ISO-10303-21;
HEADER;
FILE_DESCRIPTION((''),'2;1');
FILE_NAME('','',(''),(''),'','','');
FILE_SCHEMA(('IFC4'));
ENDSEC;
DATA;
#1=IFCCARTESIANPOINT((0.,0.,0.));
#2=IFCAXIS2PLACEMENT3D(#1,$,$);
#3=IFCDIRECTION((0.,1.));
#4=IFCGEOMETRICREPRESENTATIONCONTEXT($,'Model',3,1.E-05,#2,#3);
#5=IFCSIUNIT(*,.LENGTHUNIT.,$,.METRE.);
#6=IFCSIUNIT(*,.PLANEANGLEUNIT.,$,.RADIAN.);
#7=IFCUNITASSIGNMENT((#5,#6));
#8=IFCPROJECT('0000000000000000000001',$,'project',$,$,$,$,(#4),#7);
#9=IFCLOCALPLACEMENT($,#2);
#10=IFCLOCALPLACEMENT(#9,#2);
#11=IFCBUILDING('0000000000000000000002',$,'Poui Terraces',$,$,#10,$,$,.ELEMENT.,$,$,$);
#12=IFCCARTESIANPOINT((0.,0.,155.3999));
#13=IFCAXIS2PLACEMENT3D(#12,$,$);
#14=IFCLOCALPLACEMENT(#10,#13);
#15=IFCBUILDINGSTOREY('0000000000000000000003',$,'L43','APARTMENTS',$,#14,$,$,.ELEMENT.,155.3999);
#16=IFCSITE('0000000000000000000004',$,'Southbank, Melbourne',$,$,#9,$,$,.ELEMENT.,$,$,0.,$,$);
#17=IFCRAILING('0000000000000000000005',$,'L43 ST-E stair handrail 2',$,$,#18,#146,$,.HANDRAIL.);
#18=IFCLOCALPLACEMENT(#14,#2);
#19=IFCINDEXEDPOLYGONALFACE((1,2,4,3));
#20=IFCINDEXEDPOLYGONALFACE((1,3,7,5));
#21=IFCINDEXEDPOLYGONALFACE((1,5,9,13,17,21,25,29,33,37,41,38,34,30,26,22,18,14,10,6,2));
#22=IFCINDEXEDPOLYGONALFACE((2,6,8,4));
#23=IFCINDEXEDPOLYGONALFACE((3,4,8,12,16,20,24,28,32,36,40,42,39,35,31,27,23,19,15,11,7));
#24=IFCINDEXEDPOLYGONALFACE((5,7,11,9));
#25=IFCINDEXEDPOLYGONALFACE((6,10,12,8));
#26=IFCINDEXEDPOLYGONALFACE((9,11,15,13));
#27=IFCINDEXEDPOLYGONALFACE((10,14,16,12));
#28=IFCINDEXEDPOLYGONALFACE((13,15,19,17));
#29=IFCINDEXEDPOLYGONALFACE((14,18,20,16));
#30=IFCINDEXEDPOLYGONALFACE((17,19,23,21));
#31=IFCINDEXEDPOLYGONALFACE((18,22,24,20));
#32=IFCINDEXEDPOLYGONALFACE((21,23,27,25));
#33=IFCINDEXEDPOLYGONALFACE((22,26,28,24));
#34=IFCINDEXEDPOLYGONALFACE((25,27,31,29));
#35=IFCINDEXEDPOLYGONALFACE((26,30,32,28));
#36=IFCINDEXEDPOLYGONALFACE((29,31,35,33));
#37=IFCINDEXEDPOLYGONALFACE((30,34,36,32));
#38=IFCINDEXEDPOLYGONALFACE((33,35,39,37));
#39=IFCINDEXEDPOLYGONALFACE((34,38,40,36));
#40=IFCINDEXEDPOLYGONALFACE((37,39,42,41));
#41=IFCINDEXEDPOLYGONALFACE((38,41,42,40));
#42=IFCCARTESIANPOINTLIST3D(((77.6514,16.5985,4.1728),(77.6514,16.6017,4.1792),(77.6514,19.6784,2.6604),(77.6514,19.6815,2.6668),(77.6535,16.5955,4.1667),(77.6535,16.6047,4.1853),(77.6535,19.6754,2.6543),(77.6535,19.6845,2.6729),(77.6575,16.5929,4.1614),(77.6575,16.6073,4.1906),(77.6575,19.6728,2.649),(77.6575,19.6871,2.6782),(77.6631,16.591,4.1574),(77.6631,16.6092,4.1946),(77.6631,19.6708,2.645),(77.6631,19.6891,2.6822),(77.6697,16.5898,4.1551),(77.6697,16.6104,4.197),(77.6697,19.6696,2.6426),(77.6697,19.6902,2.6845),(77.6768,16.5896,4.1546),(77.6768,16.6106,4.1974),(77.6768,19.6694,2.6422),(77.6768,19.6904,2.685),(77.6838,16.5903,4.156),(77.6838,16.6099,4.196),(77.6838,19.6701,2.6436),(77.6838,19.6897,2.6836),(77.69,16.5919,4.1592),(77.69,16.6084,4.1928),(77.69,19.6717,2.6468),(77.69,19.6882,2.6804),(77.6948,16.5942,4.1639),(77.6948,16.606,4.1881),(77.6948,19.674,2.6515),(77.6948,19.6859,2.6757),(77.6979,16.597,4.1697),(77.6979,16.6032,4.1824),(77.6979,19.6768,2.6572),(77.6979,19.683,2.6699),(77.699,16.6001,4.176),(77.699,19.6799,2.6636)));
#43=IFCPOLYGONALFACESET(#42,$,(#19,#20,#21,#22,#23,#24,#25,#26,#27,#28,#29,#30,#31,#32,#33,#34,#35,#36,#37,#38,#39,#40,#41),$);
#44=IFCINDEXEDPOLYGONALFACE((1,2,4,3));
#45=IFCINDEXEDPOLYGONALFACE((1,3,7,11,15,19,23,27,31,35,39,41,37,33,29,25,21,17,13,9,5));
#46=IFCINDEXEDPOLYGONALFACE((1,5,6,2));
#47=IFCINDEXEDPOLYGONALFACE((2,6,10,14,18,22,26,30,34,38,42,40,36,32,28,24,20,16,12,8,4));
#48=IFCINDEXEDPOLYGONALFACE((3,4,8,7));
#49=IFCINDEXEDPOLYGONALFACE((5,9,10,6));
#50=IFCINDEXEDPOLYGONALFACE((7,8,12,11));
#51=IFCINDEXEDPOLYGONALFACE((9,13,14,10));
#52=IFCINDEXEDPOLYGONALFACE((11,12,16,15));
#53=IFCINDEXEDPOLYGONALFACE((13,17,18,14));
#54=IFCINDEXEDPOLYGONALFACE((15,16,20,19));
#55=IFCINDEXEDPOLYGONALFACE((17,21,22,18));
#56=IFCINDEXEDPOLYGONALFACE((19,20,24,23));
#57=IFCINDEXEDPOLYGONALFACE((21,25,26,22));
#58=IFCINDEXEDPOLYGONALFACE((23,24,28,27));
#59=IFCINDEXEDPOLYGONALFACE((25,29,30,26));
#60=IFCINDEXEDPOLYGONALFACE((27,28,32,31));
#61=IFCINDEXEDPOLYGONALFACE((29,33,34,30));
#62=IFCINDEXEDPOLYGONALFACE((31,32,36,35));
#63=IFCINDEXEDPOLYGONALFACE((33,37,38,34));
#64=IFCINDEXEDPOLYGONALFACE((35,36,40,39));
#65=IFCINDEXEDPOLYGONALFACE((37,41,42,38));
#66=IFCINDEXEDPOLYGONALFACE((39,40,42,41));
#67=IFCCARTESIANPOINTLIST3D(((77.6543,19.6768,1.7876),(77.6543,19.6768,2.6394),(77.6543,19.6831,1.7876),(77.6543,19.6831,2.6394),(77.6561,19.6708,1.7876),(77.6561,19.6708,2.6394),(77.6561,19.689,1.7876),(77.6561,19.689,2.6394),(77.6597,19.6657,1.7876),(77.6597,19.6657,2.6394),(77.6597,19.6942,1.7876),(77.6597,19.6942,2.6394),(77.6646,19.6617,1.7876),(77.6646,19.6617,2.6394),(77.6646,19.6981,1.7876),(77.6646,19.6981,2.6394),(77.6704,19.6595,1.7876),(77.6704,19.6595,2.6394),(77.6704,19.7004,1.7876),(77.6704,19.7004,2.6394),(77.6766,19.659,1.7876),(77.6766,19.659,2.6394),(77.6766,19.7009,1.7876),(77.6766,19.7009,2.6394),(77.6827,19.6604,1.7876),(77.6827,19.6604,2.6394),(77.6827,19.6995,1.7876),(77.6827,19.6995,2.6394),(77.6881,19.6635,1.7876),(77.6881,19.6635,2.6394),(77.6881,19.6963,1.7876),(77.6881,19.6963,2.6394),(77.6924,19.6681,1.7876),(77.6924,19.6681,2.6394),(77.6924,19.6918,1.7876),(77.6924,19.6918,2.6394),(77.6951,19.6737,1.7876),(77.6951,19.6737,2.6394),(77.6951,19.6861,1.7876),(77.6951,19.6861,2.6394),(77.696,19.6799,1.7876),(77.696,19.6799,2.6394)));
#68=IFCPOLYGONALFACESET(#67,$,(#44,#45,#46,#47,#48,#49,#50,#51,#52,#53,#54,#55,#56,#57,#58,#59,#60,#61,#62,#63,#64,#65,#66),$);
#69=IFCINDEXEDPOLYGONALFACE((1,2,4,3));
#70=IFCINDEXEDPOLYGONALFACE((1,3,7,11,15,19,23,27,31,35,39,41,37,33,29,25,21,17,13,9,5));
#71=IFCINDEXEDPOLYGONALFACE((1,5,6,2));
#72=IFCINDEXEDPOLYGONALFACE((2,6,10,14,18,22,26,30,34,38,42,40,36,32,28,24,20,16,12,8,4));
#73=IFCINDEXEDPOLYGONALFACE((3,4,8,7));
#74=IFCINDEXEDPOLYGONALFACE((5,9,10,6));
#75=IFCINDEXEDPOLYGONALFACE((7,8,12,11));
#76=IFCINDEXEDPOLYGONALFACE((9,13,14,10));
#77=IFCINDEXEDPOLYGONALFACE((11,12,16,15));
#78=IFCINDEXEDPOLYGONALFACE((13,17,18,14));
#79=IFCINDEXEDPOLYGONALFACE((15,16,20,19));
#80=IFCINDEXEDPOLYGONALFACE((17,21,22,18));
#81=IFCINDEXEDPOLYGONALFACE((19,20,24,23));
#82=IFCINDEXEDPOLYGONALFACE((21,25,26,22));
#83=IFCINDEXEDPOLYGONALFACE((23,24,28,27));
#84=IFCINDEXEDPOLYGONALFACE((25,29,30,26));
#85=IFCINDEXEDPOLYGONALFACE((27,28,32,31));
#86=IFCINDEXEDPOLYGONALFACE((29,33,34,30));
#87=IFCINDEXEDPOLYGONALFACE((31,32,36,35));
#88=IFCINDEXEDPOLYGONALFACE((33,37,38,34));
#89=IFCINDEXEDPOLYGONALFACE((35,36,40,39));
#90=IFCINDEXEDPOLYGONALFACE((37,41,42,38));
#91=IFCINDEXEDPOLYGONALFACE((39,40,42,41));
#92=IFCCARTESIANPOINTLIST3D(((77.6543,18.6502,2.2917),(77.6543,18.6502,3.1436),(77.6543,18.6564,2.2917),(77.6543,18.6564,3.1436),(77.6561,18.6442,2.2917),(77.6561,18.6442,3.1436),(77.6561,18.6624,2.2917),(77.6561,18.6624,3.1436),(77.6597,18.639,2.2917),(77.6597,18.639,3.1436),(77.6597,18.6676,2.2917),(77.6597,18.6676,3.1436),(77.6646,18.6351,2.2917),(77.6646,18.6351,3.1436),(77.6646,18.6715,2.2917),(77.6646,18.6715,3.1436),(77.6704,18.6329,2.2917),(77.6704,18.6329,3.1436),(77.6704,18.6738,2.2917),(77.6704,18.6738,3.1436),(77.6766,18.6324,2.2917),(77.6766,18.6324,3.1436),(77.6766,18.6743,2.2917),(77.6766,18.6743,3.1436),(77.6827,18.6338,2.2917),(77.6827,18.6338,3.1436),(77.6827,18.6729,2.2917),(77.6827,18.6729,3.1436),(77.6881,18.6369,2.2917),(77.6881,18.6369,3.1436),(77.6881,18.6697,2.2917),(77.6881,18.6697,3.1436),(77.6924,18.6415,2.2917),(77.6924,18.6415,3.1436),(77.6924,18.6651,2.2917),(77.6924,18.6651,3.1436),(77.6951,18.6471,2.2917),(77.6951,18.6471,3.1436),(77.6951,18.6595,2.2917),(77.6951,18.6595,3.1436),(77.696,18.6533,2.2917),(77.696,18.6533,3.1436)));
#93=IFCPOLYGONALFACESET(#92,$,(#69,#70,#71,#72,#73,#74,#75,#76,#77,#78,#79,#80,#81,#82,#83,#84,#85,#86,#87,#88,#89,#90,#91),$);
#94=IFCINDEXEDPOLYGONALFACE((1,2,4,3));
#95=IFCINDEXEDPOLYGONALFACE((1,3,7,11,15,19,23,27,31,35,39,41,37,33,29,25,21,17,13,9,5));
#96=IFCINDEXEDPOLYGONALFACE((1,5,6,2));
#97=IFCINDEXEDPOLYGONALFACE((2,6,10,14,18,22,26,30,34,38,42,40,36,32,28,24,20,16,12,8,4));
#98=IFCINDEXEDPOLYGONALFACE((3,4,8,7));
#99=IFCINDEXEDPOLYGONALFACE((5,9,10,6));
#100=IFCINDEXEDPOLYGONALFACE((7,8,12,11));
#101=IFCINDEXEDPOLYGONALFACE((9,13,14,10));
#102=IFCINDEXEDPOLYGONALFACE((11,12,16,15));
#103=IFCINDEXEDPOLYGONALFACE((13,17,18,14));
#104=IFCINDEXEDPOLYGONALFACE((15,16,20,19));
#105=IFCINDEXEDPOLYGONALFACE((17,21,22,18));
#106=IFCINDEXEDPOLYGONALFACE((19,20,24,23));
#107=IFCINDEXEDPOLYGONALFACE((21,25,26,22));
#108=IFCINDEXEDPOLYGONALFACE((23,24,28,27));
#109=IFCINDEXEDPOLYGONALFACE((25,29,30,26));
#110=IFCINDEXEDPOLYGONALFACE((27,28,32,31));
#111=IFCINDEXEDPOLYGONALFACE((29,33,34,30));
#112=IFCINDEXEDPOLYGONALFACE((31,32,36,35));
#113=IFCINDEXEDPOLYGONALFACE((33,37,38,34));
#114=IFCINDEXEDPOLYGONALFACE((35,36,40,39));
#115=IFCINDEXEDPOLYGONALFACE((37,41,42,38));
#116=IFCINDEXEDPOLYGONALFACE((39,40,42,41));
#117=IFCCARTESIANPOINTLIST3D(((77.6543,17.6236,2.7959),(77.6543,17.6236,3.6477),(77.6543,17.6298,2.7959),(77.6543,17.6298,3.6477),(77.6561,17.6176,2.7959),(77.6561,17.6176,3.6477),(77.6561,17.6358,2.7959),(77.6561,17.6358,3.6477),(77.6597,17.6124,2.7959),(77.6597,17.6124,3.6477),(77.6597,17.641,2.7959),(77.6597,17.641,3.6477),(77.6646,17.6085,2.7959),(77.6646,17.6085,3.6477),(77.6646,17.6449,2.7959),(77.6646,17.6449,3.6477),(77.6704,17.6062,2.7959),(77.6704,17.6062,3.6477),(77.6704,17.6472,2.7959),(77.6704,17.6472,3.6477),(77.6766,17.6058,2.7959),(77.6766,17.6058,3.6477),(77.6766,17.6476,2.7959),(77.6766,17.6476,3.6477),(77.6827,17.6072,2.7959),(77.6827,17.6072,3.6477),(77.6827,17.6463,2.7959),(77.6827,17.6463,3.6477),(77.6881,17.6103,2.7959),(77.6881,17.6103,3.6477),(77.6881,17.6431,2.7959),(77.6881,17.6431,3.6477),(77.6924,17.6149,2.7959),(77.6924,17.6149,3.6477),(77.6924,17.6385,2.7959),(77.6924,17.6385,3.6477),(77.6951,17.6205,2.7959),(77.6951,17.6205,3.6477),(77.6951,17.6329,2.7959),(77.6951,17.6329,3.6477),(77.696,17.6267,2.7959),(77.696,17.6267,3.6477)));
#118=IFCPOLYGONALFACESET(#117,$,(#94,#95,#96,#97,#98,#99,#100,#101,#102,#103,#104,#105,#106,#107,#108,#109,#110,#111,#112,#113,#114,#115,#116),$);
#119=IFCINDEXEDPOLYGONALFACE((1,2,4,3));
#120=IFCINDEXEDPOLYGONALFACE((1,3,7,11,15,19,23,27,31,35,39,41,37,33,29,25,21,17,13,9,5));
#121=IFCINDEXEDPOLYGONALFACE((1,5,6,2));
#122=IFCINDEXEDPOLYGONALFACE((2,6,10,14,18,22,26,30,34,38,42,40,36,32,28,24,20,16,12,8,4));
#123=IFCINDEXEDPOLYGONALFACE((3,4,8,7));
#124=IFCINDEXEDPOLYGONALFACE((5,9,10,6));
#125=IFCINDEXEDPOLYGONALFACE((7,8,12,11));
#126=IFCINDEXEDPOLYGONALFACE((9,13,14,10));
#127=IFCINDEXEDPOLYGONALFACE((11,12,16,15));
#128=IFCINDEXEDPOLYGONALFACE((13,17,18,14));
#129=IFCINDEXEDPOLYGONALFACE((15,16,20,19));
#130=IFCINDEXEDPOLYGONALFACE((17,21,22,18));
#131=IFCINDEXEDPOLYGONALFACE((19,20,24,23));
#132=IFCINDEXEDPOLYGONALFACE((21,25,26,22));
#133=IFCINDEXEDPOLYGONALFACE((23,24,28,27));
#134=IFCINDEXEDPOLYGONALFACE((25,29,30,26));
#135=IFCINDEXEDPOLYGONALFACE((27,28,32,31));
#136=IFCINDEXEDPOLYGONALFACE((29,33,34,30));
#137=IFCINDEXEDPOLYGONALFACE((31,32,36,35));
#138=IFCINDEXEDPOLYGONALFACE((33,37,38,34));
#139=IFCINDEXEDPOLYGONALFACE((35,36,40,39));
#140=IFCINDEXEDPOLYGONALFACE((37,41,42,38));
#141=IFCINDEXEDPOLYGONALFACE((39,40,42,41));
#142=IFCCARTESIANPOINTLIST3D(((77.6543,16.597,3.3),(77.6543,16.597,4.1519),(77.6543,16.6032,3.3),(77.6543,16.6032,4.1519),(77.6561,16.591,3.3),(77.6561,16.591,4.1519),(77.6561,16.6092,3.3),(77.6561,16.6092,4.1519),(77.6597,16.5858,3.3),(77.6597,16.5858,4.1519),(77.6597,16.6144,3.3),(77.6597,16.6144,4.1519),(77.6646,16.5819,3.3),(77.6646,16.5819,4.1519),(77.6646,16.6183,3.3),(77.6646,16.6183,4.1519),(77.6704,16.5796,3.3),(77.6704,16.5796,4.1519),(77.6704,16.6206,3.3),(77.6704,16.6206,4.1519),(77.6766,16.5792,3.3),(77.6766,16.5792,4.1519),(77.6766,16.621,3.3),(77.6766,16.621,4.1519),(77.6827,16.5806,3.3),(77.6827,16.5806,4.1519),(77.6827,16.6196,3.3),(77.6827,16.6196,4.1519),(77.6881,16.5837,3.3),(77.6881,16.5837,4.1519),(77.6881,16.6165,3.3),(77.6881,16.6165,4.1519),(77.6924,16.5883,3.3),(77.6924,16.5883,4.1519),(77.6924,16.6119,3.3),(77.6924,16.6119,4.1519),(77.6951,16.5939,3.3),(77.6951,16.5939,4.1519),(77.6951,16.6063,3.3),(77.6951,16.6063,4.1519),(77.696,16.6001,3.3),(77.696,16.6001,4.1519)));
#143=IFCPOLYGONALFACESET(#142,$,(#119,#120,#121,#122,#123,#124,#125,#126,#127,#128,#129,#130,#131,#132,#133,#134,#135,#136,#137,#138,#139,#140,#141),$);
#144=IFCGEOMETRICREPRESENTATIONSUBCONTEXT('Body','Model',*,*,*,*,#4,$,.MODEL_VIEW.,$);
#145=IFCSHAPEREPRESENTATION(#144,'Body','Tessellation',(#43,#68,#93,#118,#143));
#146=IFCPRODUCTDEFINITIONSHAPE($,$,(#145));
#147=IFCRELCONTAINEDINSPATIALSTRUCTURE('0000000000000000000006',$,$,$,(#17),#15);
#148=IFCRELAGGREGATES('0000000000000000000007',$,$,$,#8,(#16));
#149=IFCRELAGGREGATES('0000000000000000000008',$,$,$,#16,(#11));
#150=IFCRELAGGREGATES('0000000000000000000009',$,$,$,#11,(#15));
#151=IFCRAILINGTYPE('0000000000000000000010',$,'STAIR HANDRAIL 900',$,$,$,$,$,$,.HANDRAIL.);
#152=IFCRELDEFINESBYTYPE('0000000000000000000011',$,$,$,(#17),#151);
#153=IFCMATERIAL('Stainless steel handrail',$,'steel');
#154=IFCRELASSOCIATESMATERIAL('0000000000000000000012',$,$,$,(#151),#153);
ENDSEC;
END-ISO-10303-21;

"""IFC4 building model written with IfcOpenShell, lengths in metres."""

from ifc_helpers import new_model, si_unit, direction, frame, origin, origin_2d, place, context, subcontext, project, spatial, circle, extrude, material, type_object, element, save


model = new_model("IFC4")

# Units and contexts
model_context = context("Model", 3, precision=1e-05, world=origin(), true_north=direction((0.0, 1.0)))
body_context = subcontext(model_context, "Body", "Model", "MODEL_VIEW")
ifc_project = project(units=[si_unit("LENGTHUNIT", "METRE"), si_unit("PLANEANGLEUNIT", "RADIAN")], contexts=[model_context])

# Site, building, storey
site_placement = place(None, origin())
site = spatial("IfcSite", under=ifc_project, at=site_placement, Name="Southbank, Melbourne", CompositionType="ELEMENT", RefElevation=0.0)
building_placement = place(site_placement, origin())
building = spatial("IfcBuilding", under=site, at=building_placement, Name="Poui Terraces", CompositionType="ELEMENT")
storey_placement = place(building_placement, frame((0.0, 0.0, 155.3999)))
storey = spatial("IfcBuildingStorey", under=building, at=storey_placement, Name="L43", Description="APARTMENTS", CompositionType="ELEMENT", Elevation=155.3999)

# Railing
ifc_material_1 = material(Name="Stainless steel handrail", Category="steel")
railing_type_1 = type_object("IfcRailingType", Name="STAIR HANDRAIL 900", PredefinedType="HANDRAIL", material=ifc_material_1)
railing_1_placement = place(storey_placement, frame((77.675, 19.6799, 1.7876)))
element("IfcRailing", 1, at=railing_1_placement, inside=storey, type_object=railing_type_1, Name="L43 ST-E stair handrail 2", PredefinedType="HANDRAIL", context=body_context, shape_type="SweptSolid", body=[
    extrude(circle(Radius=0.0239, at=origin_2d()), frame((0.0, 0.0, 0.876), z_axis=(0.0, -0.897606, 0.440798), x_axis=(1.0, 0.0, 0.0)), (0.0, 0.0, 1.0), 3.4312),
    extrude(circle(Radius=0.021, at=origin_2d()), origin(), (0.0, 0.0, 1.0), 0.8518),
    extrude(circle(Radius=0.021, at=origin_2d()), frame((0.0, -1.0266, 0.5042)), (0.0, 0.0, 1.0), 0.8518),
    extrude(circle(Radius=0.021, at=origin_2d()), frame((0.0, -2.0532, 1.0083)), (0.0, 0.0, 1.0), 0.8518),
    extrude(circle(Radius=0.021, at=origin_2d()), frame((0.0, -3.0798, 1.5125)), (0.0, 0.0, 1.0), 0.8518),
])

save(model, "model.ifc")
